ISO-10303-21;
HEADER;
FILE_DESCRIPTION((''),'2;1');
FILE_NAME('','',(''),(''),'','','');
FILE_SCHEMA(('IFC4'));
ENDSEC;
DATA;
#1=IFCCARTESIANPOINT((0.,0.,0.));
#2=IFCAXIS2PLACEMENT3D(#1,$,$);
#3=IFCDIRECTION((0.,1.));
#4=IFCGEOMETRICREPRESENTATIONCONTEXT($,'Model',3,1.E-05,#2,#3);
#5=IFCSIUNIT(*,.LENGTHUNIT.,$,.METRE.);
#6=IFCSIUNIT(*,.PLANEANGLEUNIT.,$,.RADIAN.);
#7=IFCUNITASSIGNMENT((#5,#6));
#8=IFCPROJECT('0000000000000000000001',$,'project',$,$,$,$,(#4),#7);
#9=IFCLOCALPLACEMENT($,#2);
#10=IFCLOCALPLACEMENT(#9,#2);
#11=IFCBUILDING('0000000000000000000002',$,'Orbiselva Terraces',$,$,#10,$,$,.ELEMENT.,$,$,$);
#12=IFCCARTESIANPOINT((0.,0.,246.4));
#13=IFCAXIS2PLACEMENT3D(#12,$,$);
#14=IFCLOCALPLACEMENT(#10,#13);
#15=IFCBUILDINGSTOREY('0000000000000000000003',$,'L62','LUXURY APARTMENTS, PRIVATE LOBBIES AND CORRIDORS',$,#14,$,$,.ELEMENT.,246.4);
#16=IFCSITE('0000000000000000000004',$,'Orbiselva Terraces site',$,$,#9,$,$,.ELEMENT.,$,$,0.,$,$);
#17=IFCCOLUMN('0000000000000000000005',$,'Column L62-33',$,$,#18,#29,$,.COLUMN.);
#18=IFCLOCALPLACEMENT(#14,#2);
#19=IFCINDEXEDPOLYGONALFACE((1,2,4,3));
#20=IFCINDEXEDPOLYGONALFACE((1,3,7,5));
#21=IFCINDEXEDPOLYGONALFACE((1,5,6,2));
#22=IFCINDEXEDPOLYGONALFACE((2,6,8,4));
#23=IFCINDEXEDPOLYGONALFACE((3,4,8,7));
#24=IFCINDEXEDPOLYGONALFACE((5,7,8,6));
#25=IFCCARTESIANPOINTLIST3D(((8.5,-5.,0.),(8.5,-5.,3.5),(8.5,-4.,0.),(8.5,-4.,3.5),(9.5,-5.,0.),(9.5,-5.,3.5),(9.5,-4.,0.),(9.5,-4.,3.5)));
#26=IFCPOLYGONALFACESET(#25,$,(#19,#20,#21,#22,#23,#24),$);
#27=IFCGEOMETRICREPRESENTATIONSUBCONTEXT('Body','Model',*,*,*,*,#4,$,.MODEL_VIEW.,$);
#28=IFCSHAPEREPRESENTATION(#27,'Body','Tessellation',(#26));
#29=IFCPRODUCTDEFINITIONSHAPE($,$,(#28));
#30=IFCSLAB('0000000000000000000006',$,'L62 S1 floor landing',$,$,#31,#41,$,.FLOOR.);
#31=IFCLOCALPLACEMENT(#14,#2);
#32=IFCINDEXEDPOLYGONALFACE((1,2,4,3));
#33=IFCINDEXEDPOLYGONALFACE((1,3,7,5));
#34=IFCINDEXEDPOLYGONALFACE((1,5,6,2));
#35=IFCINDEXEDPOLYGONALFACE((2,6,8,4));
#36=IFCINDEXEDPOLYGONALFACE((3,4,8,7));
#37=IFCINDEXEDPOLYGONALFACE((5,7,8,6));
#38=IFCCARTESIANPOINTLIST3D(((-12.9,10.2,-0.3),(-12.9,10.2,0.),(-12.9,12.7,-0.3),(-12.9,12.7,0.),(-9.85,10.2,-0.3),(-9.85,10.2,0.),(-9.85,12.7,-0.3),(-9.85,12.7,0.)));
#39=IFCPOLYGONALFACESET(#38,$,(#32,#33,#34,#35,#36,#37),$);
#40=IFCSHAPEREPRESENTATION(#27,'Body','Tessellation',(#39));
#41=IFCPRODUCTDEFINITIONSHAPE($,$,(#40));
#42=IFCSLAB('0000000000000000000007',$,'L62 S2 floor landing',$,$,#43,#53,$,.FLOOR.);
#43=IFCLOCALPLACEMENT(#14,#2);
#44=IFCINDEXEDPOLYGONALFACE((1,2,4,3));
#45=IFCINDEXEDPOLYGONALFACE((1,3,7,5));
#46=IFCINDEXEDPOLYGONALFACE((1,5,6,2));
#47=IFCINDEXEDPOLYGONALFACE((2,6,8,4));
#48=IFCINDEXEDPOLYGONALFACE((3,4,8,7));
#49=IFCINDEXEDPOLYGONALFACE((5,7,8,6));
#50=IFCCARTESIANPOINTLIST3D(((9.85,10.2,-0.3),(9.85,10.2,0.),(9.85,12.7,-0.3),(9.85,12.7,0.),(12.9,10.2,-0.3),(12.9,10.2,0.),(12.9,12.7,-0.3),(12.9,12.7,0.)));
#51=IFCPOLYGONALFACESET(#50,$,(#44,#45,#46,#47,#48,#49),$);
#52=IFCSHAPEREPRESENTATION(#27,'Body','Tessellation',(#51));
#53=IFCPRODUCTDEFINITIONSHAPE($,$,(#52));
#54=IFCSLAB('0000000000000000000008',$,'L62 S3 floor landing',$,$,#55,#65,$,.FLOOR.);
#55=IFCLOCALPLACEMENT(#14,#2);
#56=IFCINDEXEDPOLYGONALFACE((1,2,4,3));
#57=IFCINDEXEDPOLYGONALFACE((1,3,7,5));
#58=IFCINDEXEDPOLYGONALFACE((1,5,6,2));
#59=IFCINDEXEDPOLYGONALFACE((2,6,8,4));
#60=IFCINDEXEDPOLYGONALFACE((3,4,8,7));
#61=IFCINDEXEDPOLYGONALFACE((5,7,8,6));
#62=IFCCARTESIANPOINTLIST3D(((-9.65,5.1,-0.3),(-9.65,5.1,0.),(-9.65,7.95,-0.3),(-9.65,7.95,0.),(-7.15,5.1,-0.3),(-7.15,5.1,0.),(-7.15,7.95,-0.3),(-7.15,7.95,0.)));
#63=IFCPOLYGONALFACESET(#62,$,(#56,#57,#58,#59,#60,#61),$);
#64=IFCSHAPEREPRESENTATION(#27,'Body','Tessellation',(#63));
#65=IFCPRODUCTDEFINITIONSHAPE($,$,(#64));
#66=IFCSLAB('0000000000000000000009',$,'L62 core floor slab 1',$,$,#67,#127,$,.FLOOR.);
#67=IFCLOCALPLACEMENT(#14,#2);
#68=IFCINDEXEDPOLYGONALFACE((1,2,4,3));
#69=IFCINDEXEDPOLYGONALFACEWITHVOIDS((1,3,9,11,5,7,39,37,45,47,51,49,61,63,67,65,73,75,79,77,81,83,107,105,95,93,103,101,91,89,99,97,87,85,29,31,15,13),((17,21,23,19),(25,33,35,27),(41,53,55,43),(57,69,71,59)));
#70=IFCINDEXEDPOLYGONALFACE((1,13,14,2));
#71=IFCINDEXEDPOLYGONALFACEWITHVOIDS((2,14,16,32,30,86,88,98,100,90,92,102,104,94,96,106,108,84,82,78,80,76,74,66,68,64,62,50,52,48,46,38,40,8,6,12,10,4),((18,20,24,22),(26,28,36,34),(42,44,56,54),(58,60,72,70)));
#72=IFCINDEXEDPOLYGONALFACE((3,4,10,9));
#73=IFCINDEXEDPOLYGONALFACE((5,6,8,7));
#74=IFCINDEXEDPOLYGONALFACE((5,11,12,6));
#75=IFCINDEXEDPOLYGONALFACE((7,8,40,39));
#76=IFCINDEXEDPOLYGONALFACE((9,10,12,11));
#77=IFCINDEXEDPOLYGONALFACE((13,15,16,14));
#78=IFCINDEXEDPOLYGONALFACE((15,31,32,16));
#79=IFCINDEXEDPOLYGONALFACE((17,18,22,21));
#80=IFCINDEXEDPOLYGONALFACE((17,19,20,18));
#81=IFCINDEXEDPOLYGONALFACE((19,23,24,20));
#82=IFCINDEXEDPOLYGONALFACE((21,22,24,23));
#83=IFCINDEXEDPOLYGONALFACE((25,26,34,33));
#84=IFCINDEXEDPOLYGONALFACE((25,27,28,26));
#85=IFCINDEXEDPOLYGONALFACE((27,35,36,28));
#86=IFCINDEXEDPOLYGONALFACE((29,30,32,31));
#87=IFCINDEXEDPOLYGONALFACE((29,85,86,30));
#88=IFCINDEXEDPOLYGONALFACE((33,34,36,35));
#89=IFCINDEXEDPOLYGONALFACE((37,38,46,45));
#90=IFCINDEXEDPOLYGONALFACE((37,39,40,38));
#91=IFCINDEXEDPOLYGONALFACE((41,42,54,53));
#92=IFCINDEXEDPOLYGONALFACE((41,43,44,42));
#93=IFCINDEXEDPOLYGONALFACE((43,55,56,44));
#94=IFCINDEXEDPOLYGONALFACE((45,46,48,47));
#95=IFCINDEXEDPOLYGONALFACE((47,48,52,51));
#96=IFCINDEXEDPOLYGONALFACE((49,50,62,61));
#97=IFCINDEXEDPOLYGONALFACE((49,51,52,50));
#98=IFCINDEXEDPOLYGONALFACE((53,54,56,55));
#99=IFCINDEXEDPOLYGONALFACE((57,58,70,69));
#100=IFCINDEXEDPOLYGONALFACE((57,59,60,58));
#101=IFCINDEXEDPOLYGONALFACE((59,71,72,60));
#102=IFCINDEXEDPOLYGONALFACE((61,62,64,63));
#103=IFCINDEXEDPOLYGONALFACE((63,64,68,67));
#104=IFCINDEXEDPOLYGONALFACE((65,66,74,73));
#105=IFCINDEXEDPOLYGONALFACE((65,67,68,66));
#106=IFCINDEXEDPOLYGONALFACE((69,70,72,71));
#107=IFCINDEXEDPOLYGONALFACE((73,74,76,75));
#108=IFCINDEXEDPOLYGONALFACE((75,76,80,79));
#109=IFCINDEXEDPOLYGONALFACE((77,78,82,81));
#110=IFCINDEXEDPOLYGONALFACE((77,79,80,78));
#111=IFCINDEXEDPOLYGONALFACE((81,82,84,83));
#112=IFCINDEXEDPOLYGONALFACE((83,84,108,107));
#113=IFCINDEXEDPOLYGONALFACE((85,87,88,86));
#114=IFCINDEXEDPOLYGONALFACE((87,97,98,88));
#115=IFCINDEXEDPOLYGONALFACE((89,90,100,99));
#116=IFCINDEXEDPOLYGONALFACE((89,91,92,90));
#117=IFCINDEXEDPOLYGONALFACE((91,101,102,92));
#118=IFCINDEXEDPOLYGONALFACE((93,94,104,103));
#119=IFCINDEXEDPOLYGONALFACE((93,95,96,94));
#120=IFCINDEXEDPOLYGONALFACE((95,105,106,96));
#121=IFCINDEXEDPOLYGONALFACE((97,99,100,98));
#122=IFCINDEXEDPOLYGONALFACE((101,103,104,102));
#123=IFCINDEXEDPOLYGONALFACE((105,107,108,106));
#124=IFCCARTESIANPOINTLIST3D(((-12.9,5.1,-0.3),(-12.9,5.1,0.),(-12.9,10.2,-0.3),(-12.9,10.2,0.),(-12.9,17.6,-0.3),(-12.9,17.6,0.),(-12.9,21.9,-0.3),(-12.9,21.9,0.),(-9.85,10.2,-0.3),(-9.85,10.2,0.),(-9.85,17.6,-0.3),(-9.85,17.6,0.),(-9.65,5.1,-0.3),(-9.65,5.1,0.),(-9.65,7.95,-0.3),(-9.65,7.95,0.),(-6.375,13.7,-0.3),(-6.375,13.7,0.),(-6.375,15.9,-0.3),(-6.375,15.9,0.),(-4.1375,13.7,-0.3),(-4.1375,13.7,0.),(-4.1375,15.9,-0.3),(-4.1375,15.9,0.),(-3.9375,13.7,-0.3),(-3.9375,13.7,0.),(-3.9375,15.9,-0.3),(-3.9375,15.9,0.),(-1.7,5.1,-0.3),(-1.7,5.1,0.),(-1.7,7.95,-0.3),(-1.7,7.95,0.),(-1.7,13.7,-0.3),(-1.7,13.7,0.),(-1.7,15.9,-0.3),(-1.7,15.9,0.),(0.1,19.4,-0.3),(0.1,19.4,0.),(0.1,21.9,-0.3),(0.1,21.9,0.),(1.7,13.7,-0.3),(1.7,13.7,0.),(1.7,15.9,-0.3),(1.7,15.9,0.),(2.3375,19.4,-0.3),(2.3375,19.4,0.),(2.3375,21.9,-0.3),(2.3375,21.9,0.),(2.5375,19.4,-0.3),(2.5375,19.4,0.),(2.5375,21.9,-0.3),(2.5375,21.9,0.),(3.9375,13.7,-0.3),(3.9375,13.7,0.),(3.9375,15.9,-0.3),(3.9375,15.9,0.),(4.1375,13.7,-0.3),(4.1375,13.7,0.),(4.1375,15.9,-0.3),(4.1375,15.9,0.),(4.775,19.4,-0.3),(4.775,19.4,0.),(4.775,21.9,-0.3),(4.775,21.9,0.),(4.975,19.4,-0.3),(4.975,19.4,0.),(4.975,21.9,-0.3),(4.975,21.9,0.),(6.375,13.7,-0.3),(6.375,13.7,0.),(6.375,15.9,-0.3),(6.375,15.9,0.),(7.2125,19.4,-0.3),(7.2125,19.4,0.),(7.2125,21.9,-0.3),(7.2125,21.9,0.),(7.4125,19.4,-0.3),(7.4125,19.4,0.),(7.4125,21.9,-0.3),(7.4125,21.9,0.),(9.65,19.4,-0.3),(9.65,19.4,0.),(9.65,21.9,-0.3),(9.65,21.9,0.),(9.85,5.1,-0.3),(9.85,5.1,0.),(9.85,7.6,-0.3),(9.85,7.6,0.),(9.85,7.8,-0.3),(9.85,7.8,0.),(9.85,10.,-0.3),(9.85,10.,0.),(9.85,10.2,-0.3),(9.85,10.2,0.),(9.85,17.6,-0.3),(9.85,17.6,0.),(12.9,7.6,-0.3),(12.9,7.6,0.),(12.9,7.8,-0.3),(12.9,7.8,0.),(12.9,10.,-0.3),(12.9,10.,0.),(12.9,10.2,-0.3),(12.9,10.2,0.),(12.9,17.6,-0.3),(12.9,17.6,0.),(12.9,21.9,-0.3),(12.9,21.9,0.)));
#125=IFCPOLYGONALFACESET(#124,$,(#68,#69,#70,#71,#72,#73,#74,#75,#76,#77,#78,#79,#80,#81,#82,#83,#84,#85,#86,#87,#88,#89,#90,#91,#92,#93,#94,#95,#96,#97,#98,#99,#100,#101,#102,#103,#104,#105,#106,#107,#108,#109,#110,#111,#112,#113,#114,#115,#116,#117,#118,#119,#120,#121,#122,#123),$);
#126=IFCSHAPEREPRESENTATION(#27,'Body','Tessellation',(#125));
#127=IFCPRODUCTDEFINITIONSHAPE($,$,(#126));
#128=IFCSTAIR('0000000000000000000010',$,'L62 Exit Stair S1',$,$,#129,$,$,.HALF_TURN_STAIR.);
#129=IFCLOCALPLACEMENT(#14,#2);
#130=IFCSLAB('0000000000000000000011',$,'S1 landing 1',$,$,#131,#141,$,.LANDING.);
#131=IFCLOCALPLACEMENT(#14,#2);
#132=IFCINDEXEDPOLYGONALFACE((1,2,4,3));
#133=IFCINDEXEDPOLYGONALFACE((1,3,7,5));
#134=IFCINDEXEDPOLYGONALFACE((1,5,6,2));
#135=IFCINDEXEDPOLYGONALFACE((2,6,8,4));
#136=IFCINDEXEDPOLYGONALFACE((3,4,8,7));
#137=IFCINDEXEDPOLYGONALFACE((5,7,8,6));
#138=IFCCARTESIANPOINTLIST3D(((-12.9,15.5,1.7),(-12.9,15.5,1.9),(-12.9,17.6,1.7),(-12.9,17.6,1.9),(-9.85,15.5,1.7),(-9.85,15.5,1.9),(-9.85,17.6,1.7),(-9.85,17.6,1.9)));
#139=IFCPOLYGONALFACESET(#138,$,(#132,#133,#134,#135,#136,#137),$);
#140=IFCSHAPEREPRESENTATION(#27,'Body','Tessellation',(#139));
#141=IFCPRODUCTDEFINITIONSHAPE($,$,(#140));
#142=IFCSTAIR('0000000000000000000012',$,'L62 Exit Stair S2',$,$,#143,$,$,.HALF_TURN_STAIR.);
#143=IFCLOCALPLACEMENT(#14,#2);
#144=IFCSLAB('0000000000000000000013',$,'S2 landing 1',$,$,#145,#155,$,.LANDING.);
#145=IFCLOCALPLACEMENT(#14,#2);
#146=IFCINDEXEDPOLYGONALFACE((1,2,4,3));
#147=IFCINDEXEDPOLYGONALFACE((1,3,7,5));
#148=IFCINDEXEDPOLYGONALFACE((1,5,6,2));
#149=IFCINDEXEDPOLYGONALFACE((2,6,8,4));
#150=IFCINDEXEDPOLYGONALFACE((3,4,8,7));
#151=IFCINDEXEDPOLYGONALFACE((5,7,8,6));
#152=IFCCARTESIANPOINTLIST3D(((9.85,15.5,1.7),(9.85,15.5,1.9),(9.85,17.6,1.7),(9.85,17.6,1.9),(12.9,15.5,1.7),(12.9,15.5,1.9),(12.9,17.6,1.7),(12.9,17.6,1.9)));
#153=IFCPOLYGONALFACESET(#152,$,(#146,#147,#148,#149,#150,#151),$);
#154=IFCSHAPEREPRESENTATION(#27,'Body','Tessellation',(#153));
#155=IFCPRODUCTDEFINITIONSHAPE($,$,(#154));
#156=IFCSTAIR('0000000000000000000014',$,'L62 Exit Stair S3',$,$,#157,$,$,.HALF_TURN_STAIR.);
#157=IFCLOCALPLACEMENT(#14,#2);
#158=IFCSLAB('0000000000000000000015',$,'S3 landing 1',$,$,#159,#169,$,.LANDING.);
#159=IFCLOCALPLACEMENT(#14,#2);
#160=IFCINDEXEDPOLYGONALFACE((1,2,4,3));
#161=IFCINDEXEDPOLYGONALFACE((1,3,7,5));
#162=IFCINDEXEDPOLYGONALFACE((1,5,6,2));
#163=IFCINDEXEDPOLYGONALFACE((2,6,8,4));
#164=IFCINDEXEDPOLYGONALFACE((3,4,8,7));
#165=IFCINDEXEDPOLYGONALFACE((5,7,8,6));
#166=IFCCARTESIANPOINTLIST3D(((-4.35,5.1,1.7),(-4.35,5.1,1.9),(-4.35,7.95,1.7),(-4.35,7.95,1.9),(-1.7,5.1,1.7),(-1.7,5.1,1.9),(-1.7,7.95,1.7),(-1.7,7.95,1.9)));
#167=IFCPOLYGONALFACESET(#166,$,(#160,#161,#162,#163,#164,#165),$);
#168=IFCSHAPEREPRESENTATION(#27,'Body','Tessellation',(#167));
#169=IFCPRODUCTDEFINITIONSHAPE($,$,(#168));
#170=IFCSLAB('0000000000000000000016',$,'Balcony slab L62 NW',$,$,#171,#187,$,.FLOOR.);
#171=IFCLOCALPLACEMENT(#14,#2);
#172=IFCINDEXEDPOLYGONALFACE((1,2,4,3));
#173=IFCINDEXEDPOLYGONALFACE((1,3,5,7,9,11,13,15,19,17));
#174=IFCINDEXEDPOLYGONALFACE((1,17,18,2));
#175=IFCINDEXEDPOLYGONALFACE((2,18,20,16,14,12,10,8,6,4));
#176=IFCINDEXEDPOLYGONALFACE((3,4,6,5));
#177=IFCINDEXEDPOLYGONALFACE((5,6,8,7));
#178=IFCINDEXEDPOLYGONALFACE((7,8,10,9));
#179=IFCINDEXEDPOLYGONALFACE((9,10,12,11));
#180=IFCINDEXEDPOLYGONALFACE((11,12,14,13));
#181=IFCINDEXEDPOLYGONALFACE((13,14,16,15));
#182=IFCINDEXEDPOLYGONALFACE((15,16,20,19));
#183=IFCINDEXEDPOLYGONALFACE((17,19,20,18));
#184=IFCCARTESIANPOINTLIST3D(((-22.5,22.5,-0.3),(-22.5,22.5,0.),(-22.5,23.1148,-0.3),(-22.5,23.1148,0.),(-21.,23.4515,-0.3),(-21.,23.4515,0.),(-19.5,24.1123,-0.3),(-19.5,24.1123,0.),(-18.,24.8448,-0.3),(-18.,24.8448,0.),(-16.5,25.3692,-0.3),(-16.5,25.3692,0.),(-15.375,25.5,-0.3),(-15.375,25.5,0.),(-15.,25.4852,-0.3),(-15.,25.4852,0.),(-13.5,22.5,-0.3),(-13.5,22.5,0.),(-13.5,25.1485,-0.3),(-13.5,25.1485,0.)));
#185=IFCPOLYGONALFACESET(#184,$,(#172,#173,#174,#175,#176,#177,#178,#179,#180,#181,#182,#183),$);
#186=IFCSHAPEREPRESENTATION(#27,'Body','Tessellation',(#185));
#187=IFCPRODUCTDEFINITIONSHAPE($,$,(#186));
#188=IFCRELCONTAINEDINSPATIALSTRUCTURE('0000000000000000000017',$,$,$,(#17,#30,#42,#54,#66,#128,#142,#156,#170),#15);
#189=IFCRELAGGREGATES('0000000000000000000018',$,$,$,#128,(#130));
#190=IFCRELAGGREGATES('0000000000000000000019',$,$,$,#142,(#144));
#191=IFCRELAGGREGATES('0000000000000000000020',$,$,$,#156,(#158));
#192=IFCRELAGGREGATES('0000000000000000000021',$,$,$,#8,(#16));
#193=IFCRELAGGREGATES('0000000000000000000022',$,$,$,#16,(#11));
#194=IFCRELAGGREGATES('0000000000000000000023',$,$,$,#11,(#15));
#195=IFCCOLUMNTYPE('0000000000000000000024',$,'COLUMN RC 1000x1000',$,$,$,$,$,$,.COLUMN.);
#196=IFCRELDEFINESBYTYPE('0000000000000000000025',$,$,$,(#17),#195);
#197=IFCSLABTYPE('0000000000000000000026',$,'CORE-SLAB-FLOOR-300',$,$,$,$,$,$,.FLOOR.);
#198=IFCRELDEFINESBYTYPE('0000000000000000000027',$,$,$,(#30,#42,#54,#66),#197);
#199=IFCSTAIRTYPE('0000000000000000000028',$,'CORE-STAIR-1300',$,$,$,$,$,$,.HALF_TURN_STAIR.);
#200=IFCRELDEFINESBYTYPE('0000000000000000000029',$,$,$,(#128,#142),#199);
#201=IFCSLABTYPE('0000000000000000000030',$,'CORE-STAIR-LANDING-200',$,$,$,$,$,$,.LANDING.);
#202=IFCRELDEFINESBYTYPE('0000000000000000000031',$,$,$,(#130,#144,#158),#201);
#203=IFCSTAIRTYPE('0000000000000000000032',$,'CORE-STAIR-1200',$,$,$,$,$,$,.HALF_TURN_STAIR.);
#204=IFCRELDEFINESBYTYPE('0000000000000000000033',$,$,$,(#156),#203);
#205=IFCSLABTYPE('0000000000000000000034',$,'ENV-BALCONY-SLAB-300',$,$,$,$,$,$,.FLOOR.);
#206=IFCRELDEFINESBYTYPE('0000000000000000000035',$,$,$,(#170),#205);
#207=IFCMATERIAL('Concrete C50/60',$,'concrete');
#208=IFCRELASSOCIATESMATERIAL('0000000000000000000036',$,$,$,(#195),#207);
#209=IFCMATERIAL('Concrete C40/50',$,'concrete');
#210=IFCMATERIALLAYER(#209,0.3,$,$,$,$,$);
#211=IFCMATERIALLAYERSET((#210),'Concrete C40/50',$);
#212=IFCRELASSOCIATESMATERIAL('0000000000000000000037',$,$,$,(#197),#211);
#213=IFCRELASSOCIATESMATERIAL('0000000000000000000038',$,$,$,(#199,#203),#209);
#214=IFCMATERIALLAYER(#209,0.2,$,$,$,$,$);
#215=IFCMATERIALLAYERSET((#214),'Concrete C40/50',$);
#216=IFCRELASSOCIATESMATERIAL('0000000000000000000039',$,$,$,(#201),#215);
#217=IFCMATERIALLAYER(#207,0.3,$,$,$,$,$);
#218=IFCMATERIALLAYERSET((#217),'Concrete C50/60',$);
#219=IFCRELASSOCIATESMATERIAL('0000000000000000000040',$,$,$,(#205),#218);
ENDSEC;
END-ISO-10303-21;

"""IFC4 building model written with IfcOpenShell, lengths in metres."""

from ifc_helpers import new_model, si_unit, direction, frame, origin, origin_2d, place, context, subcontext, project, spatial, polyline, rectangle, outline, extrude, material, layer, layer_set, material_profile, profile_set, type_object, element, aggregate, save


model = new_model("IFC4")

# Units and contexts
model_context = context("Model", 3, precision=1e-05, world=origin(), true_north=direction((0.0, 1.0)))
body_context = subcontext(model_context, "Body", "Model", "MODEL_VIEW")
ifc_project = project(units=[si_unit("LENGTHUNIT", "METRE"), si_unit("PLANEANGLEUNIT", "RADIAN")], contexts=[model_context])

# Site, building, storey
site_placement = place(None, origin())
site = spatial("IfcSite", under=ifc_project, at=site_placement, Name="Orbiselva Terraces site", CompositionType="ELEMENT", RefElevation=0.0)
building_placement = place(site_placement, origin())
building = spatial("IfcBuilding", under=site, at=building_placement, Name="Orbiselva Terraces", CompositionType="ELEMENT")
storey_placement = place(building_placement, frame((0.0, 0.0, 246.4)))
storey = spatial("IfcBuildingStorey", under=building, at=storey_placement, Name="L62", Description="LUXURY APARTMENTS, PRIVATE LOBBIES AND CORRIDORS", CompositionType="ELEMENT", Elevation=246.4)

# Column
ifc_material_1 = material(Name="Concrete C50/60", Category="concrete")
ifc_material_profile = material_profile(ifc_material_1, rectangle(XDim=1.0, YDim=1.0, at=origin_2d()), Name="RC 1000x1000")
ifc_profile_set = profile_set([ifc_material_profile], Name="Concrete C50/60")
column_type = type_object("IfcColumnType", Name="COLUMN RC 1000x1000", PredefinedType="COLUMN", material=ifc_profile_set)
column_placement = place(storey_placement, frame((9.0, -4.5, 0.0), z_axis=(0.0, 0.0, 1.0), x_axis=(1.0, 0.0, 0.0)))
element("IfcColumn", 1, at=column_placement, inside=storey, type_object=column_type, Name="Column L62-33", PredefinedType="COLUMN", context=body_context, shape_type="SweptSolid", body=[
    extrude(rectangle(XDim=1.0, YDim=1.0, at=origin_2d()), origin(), (0.0, 0.0, 1.0), 3.5),
])

# Slabs
ifc_material_2 = material(Name="Concrete C40/50", Category="concrete")
ifc_layer_1 = layer(ifc_material_2, 0.3)
ifc_layer_set_1 = layer_set([ifc_layer_1], Name="Concrete C40/50")
slab_type_1 = type_object("IfcSlabType", Name="CORE-SLAB-FLOOR-300", PredefinedType="FLOOR", material=ifc_layer_set_1)
slab_1_placement = place(storey_placement, frame((0.0, 0.0, -0.3)))
element("IfcSlab", 2, at=slab_1_placement, inside=storey, type_object=slab_type_1, Name="L62 S1 floor landing", PredefinedType="FLOOR", context=body_context, shape_type="SweptSolid", body=[
    extrude(outline(polyline([(-12.9, 12.7), (-9.85, 12.7), (-9.85, 10.2), (-12.9, 10.2), (-12.9, 12.7)])), origin(), (0.0, 0.0, 1.0), 0.3),
])
slab_2_placement = place(storey_placement, frame((0.0, 0.0, -0.3)))
element("IfcSlab", 3, at=slab_2_placement, inside=storey, type_object=slab_type_1, Name="L62 S2 floor landing", PredefinedType="FLOOR", context=body_context, shape_type="SweptSolid", body=[
    extrude(outline(polyline([(12.9, 12.7), (12.9, 10.2), (9.85, 10.2), (9.85, 12.7), (12.9, 12.7)])), origin(), (0.0, 0.0, 1.0), 0.3),
])
slab_3_placement = place(storey_placement, frame((0.0, 0.0, -0.3)))
element("IfcSlab", 4, at=slab_3_placement, inside=storey, type_object=slab_type_1, Name="L62 S3 floor landing", PredefinedType="FLOOR", context=body_context, shape_type="SweptSolid", body=[
    extrude(outline(polyline([(-7.15, 5.1), (-9.65, 5.1), (-9.65, 7.95), (-7.15, 7.95), (-7.15, 5.1)])), origin(), (0.0, 0.0, 1.0), 0.3),
])
slab_4_placement = place(storey_placement, frame((0.0, 0.0, -0.3)))
element("IfcSlab", 5, at=slab_4_placement, inside=storey, type_object=slab_type_1, Name="L62 core floor slab 1", PredefinedType="FLOOR", context=body_context, shape_type="SweptSolid", body=[
    extrude(outline(polyline([(-1.7, 5.1), (-1.7, 7.95), (-9.65, 7.95), (-9.65, 5.1), (-12.9, 5.1), (-12.9, 10.2), (-9.85, 10.2), (-9.85, 17.6), (-12.9, 17.6), (-12.9, 21.9), (0.1, 21.9), (0.1, 19.4), (2.3375, 19.4), (2.3375, 21.9), (2.5375, 21.9), (2.5375, 19.4), (4.775, 19.4), (4.775, 21.9), (4.975, 21.9), (4.975, 19.4), (7.2125, 19.4), (7.2125, 21.9), (7.4125, 21.9), (7.4125, 19.4), (9.65, 19.4), (9.65, 21.9), (12.9, 21.9), (12.9, 17.6), (9.85, 17.6), (9.85, 10.2), (12.9, 10.2), (12.9, 10.0), (9.85, 10.0), (9.85, 7.8), (12.9, 7.8), (12.9, 7.6), (9.85, 7.6), (9.85, 5.1), (-1.7, 5.1)]), holes=[polyline([(-4.1375, 13.7), (-4.1375, 15.9), (-6.375, 15.9), (-6.375, 13.7), (-4.1375, 13.7)]), polyline([(-1.7, 13.7), (-1.7, 15.9), (-3.9375, 15.9), (-3.9375, 13.7), (-1.7, 13.7)]), polyline([(3.9375, 15.9), (1.7, 15.9), (1.7, 13.7), (3.9375, 13.7), (3.9375, 15.9)]), polyline([(6.375, 13.7), (6.375, 15.9), (4.1375, 15.9), (4.1375, 13.7), (6.375, 13.7)])]), origin(), (0.0, 0.0, 1.0), 0.3),
])

# Stairs, slabs
stair_type_1 = type_object("IfcStairType", Name="CORE-STAIR-1300", PredefinedType="HALF_TURN_STAIR", material=ifc_material_2)
stair_1_placement = place(storey_placement, origin())
stair_1 = element("IfcStair", 6, at=stair_1_placement, inside=storey, type_object=stair_type_1, Name="L62 Exit Stair S1", PredefinedType="HALF_TURN_STAIR")
ifc_layer_2 = layer(ifc_material_2, 0.2)
ifc_layer_set_2 = layer_set([ifc_layer_2], Name="Concrete C40/50")
slab_type_2 = type_object("IfcSlabType", Name="CORE-STAIR-LANDING-200", PredefinedType="LANDING", material=ifc_layer_set_2)
slab_5_placement = place(storey_placement, frame((0.0, 0.0, 1.7)))
slab_5 = element("IfcSlab", 7, at=slab_5_placement, type_object=slab_type_2, Name="S1 landing 1", PredefinedType="LANDING", context=body_context, shape_type="SweptSolid", body=[
    extrude(outline(polyline([(-9.85, 15.5), (-9.85, 17.6), (-12.9, 17.6), (-12.9, 15.5), (-9.85, 15.5)])), origin(), (0.0, 0.0, 1.0), 0.2),
])
aggregate(stair_1, [slab_5])
stair_2_placement = place(storey_placement, origin())
stair_2 = element("IfcStair", 8, at=stair_2_placement, inside=storey, type_object=stair_type_1, Name="L62 Exit Stair S2", PredefinedType="HALF_TURN_STAIR")
slab_6_placement = place(storey_placement, frame((0.0, 0.0, 1.7)))
slab_6 = element("IfcSlab", 9, at=slab_6_placement, type_object=slab_type_2, Name="S2 landing 1", PredefinedType="LANDING", context=body_context, shape_type="SweptSolid", body=[
    extrude(outline(polyline([(12.9, 15.5), (12.9, 17.6), (9.85, 17.6), (9.85, 15.5), (12.9, 15.5)])), origin(), (0.0, 0.0, 1.0), 0.2),
])
aggregate(stair_2, [slab_6])
stair_type_2 = type_object("IfcStairType", Name="CORE-STAIR-1200", PredefinedType="HALF_TURN_STAIR", material=ifc_material_2)
stair_3_placement = place(storey_placement, origin())
stair_3 = element("IfcStair", 10, at=stair_3_placement, inside=storey, type_object=stair_type_2, Name="L62 Exit Stair S3", PredefinedType="HALF_TURN_STAIR")
slab_7_placement = place(storey_placement, frame((0.0, 0.0, 1.7)))
slab_7 = element("IfcSlab", 11, at=slab_7_placement, type_object=slab_type_2, Name="S3 landing 1", PredefinedType="LANDING", context=body_context, shape_type="SweptSolid", body=[
    extrude(outline(polyline([(-4.35, 5.1), (-1.7, 5.1), (-1.7, 7.95), (-4.35, 7.95), (-4.35, 5.1)])), origin(), (0.0, 0.0, 1.0), 0.2),
])
aggregate(stair_3, [slab_7])

# Slab
ifc_layer_3 = layer(ifc_material_1, 0.3)
ifc_layer_set_3 = layer_set([ifc_layer_3], Name="Concrete C50/60")
slab_type_3 = type_object("IfcSlabType", Name="ENV-BALCONY-SLAB-300", PredefinedType="FLOOR", material=ifc_layer_set_3)
slab_8_placement = place(storey_placement, frame((0.0, 0.0, -0.3)))
element("IfcSlab", 12, at=slab_8_placement, inside=storey, type_object=slab_type_3, Name="Balcony slab L62 NW", PredefinedType="FLOOR", context=body_context, shape_type="SweptSolid", body=[
    extrude(outline(polyline([(-13.5, 25.1485), (-15.0, 25.4852), (-15.375, 25.5), (-16.5, 25.3692), (-18.0, 24.8448), (-19.5, 24.1123), (-21.0, 23.4515), (-22.5, 23.1148), (-22.5, 22.5), (-13.5, 22.5), (-13.5, 25.1485)])), origin(), (0.0, 0.0, 1.0), 0.3),
])

save(model, "model.ifc")
